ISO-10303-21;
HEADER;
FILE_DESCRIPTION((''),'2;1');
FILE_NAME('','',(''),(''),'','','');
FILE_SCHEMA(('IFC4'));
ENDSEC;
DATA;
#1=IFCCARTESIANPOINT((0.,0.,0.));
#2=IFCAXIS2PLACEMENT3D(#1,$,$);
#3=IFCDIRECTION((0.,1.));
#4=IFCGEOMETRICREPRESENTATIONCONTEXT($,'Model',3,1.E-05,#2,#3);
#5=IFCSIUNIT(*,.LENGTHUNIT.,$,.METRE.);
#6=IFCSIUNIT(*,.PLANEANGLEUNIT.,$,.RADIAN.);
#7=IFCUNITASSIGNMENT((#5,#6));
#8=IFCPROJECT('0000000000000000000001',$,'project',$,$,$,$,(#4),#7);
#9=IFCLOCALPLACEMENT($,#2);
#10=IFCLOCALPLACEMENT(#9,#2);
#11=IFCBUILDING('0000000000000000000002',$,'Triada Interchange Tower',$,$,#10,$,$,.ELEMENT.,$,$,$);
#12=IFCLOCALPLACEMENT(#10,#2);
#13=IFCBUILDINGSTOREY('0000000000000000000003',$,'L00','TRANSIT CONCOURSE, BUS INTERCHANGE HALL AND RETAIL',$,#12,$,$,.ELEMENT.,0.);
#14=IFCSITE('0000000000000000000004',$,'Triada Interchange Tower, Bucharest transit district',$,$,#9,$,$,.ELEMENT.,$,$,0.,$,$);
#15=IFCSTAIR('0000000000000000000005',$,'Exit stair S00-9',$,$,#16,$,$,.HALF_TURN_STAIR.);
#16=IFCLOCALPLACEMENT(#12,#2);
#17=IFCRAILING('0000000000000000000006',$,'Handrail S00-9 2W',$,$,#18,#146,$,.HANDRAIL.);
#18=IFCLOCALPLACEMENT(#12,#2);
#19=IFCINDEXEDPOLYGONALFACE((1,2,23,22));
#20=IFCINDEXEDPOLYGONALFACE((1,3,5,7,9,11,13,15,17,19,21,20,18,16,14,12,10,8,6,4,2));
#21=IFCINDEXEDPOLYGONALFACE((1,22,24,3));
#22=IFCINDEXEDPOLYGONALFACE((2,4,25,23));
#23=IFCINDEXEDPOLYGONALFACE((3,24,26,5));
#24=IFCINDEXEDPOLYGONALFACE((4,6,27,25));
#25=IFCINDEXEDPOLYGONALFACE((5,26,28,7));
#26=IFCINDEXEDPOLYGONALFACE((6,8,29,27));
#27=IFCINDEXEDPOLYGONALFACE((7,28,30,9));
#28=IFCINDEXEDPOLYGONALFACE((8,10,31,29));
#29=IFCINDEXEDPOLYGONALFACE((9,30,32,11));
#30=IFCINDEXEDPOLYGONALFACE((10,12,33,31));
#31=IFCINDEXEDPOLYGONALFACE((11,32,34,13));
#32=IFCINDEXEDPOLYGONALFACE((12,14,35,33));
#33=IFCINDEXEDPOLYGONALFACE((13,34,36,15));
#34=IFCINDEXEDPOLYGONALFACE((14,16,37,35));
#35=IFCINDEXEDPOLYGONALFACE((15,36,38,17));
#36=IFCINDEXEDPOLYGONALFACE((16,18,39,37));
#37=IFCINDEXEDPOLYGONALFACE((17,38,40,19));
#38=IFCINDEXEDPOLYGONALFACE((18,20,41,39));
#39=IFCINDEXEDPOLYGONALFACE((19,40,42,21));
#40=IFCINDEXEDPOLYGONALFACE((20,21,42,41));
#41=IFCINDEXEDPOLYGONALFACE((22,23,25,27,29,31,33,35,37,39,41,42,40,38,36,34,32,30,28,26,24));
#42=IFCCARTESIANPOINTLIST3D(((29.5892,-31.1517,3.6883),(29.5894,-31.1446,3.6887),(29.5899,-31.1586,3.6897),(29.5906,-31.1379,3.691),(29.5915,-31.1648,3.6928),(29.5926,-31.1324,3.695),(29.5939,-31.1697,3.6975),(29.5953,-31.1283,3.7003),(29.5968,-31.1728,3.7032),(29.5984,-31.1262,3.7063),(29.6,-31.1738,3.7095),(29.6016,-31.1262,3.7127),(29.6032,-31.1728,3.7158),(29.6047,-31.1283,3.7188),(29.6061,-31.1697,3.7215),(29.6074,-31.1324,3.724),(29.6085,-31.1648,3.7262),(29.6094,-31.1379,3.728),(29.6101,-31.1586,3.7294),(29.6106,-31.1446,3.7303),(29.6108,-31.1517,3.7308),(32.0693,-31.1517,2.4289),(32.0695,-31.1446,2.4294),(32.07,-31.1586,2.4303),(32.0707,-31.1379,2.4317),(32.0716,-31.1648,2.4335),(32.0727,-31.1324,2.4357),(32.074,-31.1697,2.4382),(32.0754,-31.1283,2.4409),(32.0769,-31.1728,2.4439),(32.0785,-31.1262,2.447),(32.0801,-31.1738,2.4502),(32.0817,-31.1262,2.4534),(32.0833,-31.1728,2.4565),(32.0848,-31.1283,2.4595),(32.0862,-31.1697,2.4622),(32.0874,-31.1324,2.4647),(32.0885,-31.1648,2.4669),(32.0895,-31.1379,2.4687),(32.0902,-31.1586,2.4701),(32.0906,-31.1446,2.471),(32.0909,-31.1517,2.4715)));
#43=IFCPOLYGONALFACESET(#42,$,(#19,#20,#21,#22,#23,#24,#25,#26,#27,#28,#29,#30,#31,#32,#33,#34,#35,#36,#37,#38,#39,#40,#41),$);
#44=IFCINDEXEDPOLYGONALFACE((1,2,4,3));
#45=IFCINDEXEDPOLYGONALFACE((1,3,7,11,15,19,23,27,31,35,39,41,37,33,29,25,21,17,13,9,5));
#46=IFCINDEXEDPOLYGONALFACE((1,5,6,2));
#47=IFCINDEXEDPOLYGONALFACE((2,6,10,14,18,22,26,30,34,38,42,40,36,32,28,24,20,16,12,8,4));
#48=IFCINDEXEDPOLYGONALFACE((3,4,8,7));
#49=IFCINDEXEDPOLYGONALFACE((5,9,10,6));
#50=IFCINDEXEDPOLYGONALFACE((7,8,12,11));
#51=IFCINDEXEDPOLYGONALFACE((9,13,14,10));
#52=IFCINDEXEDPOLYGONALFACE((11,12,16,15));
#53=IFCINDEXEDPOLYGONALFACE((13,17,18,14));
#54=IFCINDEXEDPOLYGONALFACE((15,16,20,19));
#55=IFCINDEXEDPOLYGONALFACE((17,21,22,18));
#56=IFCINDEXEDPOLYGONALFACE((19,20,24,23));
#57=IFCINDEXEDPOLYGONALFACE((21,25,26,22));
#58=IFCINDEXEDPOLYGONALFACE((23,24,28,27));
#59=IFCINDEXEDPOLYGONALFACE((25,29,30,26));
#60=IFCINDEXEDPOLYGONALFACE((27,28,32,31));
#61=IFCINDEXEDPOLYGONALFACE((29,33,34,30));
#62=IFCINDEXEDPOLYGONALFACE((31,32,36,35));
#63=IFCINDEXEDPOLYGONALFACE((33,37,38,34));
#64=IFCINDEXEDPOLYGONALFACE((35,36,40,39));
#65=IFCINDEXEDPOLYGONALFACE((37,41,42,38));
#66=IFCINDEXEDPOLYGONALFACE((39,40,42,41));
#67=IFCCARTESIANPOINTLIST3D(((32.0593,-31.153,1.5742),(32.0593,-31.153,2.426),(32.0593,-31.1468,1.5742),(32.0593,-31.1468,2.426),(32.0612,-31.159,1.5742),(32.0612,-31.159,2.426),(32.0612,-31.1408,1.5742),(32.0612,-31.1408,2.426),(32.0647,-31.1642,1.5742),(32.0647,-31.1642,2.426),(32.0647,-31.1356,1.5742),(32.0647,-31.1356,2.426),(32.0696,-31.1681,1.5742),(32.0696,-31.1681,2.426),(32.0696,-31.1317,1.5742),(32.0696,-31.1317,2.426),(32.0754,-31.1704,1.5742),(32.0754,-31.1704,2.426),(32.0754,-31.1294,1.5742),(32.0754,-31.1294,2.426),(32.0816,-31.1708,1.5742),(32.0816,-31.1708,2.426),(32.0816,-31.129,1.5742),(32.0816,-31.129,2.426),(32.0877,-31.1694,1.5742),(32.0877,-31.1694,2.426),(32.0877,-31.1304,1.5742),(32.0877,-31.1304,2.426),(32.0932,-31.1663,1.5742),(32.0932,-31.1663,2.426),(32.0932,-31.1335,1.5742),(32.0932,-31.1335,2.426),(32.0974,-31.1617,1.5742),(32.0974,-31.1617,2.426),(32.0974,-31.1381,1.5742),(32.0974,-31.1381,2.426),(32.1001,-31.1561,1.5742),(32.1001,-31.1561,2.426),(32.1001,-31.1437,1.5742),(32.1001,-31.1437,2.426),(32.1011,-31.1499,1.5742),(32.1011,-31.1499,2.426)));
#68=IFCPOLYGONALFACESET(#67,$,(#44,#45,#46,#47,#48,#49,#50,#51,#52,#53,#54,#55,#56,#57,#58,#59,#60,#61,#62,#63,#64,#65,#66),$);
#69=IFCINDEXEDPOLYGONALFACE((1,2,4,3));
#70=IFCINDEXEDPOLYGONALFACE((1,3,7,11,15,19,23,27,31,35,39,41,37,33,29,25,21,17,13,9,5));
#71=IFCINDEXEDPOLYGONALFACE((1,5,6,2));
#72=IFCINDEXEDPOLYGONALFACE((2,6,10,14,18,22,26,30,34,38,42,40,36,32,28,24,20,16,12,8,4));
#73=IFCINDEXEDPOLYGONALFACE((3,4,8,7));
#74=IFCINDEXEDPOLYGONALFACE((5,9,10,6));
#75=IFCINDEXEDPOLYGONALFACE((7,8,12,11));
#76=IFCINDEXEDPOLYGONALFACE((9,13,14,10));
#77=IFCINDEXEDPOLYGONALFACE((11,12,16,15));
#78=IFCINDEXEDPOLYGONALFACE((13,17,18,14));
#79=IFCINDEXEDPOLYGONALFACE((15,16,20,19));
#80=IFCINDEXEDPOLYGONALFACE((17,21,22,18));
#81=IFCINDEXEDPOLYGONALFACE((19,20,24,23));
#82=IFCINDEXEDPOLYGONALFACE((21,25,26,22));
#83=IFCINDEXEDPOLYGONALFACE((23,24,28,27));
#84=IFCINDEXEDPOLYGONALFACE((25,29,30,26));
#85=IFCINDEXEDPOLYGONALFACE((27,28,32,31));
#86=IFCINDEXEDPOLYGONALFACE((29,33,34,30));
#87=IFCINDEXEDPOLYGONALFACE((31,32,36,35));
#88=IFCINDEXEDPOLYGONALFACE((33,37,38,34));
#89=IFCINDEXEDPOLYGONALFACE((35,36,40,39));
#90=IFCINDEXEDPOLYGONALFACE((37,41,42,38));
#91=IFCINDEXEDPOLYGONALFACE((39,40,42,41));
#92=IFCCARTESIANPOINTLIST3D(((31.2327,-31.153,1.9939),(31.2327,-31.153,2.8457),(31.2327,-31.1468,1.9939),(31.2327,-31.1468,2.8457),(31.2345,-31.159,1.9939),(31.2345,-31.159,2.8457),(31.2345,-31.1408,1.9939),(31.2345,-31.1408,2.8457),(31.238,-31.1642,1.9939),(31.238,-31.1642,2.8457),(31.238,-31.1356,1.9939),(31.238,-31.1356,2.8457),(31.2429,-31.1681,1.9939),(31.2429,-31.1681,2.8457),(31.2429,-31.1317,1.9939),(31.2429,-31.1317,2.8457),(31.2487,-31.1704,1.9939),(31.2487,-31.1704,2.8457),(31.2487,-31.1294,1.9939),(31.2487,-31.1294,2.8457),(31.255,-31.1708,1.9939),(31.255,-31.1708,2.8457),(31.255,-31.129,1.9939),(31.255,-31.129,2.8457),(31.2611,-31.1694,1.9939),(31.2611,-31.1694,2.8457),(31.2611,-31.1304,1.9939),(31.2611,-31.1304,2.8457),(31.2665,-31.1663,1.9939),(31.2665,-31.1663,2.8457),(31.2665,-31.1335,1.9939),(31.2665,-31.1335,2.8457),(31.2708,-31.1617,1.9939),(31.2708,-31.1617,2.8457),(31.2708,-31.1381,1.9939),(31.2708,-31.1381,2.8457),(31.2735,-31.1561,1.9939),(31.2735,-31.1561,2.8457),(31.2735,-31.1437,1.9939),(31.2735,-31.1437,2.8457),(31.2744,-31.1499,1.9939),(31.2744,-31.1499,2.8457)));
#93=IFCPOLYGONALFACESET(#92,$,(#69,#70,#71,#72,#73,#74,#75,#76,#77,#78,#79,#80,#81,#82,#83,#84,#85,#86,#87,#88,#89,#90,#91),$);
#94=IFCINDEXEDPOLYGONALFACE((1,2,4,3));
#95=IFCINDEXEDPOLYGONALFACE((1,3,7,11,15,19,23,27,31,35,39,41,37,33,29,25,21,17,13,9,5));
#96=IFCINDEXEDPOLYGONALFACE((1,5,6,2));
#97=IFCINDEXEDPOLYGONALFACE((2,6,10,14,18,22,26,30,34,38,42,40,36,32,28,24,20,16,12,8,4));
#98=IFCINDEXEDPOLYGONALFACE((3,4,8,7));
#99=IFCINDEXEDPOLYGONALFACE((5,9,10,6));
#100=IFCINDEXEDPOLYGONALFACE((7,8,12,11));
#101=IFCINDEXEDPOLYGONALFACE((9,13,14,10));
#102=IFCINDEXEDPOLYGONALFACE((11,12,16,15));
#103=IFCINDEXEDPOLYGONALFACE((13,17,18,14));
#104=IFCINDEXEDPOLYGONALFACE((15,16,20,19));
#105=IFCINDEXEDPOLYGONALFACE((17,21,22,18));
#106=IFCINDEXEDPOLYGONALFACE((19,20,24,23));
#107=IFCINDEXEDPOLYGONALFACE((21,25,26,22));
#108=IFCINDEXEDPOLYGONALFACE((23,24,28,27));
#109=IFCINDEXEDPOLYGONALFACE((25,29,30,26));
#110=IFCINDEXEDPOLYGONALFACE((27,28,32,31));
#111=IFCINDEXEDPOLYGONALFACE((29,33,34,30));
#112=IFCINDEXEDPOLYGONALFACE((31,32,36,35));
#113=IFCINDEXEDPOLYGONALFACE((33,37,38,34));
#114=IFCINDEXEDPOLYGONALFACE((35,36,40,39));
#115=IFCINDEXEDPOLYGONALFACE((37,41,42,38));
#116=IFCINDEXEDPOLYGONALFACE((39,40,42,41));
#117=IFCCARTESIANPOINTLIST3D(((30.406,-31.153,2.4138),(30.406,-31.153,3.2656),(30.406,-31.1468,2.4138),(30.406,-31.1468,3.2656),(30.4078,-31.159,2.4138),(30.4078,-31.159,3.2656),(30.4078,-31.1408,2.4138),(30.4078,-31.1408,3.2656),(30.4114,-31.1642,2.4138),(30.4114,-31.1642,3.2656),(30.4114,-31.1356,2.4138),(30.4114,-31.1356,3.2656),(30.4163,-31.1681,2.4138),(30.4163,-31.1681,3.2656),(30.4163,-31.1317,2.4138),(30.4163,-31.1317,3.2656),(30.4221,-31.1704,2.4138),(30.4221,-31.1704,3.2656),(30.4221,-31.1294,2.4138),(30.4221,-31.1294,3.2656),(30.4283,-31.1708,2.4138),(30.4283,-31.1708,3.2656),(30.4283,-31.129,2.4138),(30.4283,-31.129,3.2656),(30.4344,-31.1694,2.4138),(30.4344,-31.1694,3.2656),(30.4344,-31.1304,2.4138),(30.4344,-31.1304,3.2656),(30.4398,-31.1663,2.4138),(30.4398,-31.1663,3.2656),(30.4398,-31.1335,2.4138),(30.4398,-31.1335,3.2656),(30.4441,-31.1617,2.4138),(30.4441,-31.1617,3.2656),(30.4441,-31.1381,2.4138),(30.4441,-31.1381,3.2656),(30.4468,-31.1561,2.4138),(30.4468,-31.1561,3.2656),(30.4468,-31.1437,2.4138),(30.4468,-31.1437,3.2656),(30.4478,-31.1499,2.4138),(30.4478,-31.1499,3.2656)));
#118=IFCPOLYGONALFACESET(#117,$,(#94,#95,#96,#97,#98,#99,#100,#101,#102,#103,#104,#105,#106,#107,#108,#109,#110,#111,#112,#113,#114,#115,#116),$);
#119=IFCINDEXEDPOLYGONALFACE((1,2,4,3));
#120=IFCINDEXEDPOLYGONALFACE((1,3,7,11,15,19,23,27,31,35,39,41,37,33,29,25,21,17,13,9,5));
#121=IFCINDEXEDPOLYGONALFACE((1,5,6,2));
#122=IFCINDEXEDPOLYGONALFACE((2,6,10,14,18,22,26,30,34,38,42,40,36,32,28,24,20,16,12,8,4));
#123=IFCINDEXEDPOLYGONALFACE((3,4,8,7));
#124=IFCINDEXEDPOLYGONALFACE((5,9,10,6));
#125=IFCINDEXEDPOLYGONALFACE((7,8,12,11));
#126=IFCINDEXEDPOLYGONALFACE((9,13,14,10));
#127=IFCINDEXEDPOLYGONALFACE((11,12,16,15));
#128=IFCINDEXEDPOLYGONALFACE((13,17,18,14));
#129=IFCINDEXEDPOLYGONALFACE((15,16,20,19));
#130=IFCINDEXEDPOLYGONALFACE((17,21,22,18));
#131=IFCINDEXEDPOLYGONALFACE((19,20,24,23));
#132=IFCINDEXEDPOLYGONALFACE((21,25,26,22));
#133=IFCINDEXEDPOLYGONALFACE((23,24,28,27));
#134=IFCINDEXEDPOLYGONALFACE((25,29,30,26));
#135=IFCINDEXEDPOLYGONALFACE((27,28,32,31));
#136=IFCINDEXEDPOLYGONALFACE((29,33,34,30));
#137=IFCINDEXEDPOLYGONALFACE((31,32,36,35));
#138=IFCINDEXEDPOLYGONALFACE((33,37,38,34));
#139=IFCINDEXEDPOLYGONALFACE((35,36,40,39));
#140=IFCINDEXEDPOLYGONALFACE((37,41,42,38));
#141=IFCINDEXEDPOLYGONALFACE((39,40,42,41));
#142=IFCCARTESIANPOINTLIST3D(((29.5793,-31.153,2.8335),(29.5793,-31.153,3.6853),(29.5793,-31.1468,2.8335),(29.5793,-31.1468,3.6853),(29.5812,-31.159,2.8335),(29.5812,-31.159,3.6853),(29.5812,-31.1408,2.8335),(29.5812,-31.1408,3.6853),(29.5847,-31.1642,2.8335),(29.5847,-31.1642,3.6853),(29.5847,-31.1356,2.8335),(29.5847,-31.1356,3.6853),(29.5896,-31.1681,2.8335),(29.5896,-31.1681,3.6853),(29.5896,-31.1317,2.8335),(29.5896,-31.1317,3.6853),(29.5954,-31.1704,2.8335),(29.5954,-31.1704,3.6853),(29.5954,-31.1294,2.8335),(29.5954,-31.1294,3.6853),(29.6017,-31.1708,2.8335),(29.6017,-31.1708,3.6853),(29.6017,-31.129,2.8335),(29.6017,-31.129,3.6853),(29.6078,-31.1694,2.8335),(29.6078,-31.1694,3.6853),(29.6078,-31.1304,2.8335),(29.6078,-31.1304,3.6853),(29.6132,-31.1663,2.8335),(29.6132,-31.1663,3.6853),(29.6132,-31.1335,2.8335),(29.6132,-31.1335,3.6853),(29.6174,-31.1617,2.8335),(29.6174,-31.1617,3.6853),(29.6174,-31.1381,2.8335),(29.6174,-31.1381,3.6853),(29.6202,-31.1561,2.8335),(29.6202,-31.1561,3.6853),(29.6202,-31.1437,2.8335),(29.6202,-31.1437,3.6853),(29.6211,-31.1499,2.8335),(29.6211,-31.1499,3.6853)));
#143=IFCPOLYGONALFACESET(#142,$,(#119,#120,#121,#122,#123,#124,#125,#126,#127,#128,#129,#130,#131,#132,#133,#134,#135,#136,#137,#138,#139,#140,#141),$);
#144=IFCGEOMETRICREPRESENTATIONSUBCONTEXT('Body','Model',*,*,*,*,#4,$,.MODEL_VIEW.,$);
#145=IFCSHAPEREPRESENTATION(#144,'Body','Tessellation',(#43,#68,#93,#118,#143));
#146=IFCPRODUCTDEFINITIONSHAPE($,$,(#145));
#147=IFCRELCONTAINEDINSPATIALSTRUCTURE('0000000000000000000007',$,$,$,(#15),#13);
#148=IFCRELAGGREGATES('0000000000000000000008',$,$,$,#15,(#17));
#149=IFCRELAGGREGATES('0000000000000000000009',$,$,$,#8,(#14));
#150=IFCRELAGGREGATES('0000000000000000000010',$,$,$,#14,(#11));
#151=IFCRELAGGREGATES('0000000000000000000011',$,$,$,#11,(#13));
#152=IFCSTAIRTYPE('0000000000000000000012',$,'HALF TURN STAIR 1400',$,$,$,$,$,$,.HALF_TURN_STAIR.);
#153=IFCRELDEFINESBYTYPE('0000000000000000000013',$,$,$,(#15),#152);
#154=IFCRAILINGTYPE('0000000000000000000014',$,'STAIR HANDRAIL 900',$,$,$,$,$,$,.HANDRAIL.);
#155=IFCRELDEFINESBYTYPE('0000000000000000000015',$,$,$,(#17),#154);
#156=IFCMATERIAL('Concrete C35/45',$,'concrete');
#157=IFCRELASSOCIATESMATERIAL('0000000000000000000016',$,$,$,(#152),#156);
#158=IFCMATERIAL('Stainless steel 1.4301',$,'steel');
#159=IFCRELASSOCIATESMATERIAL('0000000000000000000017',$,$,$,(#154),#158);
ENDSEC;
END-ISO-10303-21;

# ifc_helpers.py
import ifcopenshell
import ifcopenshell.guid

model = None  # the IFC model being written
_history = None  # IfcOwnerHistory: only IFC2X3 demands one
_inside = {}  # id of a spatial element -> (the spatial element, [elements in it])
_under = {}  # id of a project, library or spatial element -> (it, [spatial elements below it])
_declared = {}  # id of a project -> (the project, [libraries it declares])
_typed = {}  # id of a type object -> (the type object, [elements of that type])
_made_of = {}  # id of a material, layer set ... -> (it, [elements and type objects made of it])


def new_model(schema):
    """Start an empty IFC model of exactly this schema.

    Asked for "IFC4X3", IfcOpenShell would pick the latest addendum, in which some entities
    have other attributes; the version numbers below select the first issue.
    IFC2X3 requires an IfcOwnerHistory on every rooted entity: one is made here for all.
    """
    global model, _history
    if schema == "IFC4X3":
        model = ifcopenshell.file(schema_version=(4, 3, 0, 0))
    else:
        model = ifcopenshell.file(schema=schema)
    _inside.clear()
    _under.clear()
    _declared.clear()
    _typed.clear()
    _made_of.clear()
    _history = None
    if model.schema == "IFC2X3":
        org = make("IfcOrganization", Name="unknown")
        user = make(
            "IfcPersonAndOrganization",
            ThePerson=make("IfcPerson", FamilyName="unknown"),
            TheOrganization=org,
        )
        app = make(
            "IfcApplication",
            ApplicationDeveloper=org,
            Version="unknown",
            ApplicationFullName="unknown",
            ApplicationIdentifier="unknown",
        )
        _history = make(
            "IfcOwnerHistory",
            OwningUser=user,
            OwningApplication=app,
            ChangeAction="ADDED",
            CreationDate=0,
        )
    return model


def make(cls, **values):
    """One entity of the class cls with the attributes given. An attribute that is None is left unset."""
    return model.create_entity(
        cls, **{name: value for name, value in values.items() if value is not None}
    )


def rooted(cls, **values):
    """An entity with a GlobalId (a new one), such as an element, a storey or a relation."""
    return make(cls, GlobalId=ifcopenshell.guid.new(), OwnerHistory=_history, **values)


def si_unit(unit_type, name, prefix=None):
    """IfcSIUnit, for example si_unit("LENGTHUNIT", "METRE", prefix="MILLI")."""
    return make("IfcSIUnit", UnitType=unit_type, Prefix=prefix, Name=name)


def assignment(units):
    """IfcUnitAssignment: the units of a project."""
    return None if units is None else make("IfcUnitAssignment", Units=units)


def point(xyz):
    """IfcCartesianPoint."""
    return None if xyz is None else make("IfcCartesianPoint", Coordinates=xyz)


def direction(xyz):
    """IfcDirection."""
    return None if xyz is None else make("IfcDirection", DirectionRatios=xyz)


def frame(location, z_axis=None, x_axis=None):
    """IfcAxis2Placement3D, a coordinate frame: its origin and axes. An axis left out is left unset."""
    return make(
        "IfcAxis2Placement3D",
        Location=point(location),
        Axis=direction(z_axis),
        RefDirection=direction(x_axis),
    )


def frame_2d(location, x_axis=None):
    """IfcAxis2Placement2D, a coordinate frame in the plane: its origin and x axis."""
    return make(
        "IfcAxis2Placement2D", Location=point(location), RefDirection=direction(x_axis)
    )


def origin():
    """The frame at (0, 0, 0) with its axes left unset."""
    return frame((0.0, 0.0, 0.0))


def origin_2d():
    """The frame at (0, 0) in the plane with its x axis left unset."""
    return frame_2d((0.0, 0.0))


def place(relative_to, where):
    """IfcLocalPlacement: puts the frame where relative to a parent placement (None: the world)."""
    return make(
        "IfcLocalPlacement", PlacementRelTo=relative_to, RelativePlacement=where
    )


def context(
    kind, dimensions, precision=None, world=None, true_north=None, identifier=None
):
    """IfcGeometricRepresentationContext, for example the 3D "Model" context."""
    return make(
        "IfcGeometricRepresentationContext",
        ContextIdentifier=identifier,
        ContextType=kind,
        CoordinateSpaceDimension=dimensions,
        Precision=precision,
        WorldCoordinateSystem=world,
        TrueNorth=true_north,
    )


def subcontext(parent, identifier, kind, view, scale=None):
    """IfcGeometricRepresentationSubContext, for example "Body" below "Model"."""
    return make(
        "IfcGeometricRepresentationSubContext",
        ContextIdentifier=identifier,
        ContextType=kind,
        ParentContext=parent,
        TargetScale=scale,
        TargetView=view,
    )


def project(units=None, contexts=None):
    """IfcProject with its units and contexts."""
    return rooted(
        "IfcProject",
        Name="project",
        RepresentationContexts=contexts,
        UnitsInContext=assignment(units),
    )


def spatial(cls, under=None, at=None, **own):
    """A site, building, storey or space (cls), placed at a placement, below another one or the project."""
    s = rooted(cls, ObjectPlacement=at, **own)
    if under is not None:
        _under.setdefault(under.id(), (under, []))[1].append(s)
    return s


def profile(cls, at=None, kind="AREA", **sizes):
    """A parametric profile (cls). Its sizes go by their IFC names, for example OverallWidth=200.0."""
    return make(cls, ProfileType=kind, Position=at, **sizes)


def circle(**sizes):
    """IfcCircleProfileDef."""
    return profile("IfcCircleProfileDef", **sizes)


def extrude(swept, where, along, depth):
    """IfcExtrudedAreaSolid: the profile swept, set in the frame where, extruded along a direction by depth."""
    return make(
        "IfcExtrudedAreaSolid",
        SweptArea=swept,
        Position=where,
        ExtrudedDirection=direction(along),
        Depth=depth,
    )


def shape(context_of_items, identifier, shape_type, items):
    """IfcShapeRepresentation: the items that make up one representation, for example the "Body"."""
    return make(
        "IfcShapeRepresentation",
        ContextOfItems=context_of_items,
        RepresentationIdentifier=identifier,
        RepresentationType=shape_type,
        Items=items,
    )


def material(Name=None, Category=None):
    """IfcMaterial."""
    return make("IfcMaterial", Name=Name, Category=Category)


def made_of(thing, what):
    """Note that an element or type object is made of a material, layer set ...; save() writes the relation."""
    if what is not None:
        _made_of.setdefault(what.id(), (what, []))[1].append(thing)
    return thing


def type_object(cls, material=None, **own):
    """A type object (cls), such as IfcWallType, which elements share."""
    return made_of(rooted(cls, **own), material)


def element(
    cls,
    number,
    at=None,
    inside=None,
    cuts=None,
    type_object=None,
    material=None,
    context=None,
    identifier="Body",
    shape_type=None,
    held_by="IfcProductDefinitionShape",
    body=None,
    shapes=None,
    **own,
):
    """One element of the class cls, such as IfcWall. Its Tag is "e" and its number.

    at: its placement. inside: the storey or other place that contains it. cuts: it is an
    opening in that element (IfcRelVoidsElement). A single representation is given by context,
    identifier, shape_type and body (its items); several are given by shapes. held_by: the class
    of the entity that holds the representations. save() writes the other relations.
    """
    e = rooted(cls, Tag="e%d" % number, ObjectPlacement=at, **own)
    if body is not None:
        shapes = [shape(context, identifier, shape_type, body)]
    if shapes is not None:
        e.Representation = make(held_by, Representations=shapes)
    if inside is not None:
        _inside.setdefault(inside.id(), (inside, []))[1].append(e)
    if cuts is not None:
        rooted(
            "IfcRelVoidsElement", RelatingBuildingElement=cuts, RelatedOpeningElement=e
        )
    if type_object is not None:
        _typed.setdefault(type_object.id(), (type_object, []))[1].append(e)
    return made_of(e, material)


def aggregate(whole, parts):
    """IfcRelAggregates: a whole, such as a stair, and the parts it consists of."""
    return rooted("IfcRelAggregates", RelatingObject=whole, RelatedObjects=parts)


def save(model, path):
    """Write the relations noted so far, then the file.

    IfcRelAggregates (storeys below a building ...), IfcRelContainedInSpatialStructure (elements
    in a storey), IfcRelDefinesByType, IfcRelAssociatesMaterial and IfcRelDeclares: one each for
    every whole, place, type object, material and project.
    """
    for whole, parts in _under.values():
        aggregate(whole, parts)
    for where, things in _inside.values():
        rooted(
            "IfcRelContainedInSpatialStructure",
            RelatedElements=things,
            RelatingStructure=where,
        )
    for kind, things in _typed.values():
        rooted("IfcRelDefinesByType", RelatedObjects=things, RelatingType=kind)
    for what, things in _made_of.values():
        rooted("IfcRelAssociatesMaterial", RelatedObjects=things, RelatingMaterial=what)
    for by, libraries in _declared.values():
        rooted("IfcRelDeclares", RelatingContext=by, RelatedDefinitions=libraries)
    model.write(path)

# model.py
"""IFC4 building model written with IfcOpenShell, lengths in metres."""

from ifc_helpers import new_model, si_unit, direction, frame, origin, origin_2d, place, context, subcontext, project, spatial, circle, extrude, material, type_object, element, aggregate, save


model = new_model("IFC4")

# Units and contexts
model_context = context("Model", 3, precision=1e-05, world=origin(), true_north=direction((0.0, 1.0)))
body_context = subcontext(model_context, "Body", "Model", "MODEL_VIEW")
ifc_project = project(units=[si_unit("LENGTHUNIT", "METRE"), si_unit("PLANEANGLEUNIT", "RADIAN")], contexts=[model_context])

# Site, building, storey
site_placement = place(None, origin())
site = spatial("IfcSite", under=ifc_project, at=site_placement, Name="Triada Interchange Tower, Bucharest transit district", CompositionType="ELEMENT", RefElevation=0.0)
building_placement = place(site_placement, origin())
building = spatial("IfcBuilding", under=site, at=building_placement, Name="Triada Interchange Tower", CompositionType="ELEMENT")
storey_placement = place(building_placement, origin())
storey = spatial("IfcBuildingStorey", under=building, at=storey_placement, Name="L00", Description="TRANSIT CONCOURSE, BUS INTERCHANGE HALL AND RETAIL", CompositionType="ELEMENT", Elevation=0.0)

# Stair, railing
ifc_material_1 = material(Name="Concrete C35/45", Category="concrete")
stair_type = type_object("IfcStairType", Name="HALF TURN STAIR 1400", PredefinedType="HALF_TURN_STAIR", material=ifc_material_1)
stair_placement = place(storey_placement, origin())
stair = element("IfcStair", 1, at=stair_placement, inside=storey, type_object=stair_type, Name="Exit stair S00-9", PredefinedType="HALF_TURN_STAIR")
ifc_material_2 = material(Name="Stainless steel 1.4301", Category="steel")
railing_type = type_object("IfcRailingType", Name="STAIR HANDRAIL 900", PredefinedType="HANDRAIL", material=ifc_material_2)
railing_1_placement = place(storey_placement, frame((32.0801, -31.1499, 1.5742)))
railing_1 = element("IfcRailing", 2, at=railing_1_placement, type_object=railing_type, Name="Handrail S00-9 2W", PredefinedType="HANDRAIL", context=body_context, shape_type="SweptSolid", body=[
    extrude(circle(Radius=0.0239, at=origin_2d()), frame((0.0, 0.0, 0.876), z_axis=(-0.891636, 0.0, 0.452752), x_axis=(0.0, -1.0, 0.0)), (0.0, 0.0, 1.0), 2.7815),
    extrude(circle(Radius=0.021, at=origin_2d()), origin(), (0.0, 0.0, 1.0), 0.8518),
    extrude(circle(Radius=0.021, at=origin_2d()), frame((-0.8267, 0.0, 0.4197)), (0.0, 0.0, 1.0), 0.8518),
    extrude(circle(Radius=0.021, at=origin_2d()), frame((-1.6533, 0.0, 0.8396)), (0.0, 0.0, 1.0), 0.8518),
    extrude(circle(Radius=0.021, at=origin_2d()), frame((-2.48, 0.0, 1.2593)), (0.0, 0.0, 1.0), 0.8518),
])
aggregate(stair, [railing_1])

save(model, "model.ifc")
